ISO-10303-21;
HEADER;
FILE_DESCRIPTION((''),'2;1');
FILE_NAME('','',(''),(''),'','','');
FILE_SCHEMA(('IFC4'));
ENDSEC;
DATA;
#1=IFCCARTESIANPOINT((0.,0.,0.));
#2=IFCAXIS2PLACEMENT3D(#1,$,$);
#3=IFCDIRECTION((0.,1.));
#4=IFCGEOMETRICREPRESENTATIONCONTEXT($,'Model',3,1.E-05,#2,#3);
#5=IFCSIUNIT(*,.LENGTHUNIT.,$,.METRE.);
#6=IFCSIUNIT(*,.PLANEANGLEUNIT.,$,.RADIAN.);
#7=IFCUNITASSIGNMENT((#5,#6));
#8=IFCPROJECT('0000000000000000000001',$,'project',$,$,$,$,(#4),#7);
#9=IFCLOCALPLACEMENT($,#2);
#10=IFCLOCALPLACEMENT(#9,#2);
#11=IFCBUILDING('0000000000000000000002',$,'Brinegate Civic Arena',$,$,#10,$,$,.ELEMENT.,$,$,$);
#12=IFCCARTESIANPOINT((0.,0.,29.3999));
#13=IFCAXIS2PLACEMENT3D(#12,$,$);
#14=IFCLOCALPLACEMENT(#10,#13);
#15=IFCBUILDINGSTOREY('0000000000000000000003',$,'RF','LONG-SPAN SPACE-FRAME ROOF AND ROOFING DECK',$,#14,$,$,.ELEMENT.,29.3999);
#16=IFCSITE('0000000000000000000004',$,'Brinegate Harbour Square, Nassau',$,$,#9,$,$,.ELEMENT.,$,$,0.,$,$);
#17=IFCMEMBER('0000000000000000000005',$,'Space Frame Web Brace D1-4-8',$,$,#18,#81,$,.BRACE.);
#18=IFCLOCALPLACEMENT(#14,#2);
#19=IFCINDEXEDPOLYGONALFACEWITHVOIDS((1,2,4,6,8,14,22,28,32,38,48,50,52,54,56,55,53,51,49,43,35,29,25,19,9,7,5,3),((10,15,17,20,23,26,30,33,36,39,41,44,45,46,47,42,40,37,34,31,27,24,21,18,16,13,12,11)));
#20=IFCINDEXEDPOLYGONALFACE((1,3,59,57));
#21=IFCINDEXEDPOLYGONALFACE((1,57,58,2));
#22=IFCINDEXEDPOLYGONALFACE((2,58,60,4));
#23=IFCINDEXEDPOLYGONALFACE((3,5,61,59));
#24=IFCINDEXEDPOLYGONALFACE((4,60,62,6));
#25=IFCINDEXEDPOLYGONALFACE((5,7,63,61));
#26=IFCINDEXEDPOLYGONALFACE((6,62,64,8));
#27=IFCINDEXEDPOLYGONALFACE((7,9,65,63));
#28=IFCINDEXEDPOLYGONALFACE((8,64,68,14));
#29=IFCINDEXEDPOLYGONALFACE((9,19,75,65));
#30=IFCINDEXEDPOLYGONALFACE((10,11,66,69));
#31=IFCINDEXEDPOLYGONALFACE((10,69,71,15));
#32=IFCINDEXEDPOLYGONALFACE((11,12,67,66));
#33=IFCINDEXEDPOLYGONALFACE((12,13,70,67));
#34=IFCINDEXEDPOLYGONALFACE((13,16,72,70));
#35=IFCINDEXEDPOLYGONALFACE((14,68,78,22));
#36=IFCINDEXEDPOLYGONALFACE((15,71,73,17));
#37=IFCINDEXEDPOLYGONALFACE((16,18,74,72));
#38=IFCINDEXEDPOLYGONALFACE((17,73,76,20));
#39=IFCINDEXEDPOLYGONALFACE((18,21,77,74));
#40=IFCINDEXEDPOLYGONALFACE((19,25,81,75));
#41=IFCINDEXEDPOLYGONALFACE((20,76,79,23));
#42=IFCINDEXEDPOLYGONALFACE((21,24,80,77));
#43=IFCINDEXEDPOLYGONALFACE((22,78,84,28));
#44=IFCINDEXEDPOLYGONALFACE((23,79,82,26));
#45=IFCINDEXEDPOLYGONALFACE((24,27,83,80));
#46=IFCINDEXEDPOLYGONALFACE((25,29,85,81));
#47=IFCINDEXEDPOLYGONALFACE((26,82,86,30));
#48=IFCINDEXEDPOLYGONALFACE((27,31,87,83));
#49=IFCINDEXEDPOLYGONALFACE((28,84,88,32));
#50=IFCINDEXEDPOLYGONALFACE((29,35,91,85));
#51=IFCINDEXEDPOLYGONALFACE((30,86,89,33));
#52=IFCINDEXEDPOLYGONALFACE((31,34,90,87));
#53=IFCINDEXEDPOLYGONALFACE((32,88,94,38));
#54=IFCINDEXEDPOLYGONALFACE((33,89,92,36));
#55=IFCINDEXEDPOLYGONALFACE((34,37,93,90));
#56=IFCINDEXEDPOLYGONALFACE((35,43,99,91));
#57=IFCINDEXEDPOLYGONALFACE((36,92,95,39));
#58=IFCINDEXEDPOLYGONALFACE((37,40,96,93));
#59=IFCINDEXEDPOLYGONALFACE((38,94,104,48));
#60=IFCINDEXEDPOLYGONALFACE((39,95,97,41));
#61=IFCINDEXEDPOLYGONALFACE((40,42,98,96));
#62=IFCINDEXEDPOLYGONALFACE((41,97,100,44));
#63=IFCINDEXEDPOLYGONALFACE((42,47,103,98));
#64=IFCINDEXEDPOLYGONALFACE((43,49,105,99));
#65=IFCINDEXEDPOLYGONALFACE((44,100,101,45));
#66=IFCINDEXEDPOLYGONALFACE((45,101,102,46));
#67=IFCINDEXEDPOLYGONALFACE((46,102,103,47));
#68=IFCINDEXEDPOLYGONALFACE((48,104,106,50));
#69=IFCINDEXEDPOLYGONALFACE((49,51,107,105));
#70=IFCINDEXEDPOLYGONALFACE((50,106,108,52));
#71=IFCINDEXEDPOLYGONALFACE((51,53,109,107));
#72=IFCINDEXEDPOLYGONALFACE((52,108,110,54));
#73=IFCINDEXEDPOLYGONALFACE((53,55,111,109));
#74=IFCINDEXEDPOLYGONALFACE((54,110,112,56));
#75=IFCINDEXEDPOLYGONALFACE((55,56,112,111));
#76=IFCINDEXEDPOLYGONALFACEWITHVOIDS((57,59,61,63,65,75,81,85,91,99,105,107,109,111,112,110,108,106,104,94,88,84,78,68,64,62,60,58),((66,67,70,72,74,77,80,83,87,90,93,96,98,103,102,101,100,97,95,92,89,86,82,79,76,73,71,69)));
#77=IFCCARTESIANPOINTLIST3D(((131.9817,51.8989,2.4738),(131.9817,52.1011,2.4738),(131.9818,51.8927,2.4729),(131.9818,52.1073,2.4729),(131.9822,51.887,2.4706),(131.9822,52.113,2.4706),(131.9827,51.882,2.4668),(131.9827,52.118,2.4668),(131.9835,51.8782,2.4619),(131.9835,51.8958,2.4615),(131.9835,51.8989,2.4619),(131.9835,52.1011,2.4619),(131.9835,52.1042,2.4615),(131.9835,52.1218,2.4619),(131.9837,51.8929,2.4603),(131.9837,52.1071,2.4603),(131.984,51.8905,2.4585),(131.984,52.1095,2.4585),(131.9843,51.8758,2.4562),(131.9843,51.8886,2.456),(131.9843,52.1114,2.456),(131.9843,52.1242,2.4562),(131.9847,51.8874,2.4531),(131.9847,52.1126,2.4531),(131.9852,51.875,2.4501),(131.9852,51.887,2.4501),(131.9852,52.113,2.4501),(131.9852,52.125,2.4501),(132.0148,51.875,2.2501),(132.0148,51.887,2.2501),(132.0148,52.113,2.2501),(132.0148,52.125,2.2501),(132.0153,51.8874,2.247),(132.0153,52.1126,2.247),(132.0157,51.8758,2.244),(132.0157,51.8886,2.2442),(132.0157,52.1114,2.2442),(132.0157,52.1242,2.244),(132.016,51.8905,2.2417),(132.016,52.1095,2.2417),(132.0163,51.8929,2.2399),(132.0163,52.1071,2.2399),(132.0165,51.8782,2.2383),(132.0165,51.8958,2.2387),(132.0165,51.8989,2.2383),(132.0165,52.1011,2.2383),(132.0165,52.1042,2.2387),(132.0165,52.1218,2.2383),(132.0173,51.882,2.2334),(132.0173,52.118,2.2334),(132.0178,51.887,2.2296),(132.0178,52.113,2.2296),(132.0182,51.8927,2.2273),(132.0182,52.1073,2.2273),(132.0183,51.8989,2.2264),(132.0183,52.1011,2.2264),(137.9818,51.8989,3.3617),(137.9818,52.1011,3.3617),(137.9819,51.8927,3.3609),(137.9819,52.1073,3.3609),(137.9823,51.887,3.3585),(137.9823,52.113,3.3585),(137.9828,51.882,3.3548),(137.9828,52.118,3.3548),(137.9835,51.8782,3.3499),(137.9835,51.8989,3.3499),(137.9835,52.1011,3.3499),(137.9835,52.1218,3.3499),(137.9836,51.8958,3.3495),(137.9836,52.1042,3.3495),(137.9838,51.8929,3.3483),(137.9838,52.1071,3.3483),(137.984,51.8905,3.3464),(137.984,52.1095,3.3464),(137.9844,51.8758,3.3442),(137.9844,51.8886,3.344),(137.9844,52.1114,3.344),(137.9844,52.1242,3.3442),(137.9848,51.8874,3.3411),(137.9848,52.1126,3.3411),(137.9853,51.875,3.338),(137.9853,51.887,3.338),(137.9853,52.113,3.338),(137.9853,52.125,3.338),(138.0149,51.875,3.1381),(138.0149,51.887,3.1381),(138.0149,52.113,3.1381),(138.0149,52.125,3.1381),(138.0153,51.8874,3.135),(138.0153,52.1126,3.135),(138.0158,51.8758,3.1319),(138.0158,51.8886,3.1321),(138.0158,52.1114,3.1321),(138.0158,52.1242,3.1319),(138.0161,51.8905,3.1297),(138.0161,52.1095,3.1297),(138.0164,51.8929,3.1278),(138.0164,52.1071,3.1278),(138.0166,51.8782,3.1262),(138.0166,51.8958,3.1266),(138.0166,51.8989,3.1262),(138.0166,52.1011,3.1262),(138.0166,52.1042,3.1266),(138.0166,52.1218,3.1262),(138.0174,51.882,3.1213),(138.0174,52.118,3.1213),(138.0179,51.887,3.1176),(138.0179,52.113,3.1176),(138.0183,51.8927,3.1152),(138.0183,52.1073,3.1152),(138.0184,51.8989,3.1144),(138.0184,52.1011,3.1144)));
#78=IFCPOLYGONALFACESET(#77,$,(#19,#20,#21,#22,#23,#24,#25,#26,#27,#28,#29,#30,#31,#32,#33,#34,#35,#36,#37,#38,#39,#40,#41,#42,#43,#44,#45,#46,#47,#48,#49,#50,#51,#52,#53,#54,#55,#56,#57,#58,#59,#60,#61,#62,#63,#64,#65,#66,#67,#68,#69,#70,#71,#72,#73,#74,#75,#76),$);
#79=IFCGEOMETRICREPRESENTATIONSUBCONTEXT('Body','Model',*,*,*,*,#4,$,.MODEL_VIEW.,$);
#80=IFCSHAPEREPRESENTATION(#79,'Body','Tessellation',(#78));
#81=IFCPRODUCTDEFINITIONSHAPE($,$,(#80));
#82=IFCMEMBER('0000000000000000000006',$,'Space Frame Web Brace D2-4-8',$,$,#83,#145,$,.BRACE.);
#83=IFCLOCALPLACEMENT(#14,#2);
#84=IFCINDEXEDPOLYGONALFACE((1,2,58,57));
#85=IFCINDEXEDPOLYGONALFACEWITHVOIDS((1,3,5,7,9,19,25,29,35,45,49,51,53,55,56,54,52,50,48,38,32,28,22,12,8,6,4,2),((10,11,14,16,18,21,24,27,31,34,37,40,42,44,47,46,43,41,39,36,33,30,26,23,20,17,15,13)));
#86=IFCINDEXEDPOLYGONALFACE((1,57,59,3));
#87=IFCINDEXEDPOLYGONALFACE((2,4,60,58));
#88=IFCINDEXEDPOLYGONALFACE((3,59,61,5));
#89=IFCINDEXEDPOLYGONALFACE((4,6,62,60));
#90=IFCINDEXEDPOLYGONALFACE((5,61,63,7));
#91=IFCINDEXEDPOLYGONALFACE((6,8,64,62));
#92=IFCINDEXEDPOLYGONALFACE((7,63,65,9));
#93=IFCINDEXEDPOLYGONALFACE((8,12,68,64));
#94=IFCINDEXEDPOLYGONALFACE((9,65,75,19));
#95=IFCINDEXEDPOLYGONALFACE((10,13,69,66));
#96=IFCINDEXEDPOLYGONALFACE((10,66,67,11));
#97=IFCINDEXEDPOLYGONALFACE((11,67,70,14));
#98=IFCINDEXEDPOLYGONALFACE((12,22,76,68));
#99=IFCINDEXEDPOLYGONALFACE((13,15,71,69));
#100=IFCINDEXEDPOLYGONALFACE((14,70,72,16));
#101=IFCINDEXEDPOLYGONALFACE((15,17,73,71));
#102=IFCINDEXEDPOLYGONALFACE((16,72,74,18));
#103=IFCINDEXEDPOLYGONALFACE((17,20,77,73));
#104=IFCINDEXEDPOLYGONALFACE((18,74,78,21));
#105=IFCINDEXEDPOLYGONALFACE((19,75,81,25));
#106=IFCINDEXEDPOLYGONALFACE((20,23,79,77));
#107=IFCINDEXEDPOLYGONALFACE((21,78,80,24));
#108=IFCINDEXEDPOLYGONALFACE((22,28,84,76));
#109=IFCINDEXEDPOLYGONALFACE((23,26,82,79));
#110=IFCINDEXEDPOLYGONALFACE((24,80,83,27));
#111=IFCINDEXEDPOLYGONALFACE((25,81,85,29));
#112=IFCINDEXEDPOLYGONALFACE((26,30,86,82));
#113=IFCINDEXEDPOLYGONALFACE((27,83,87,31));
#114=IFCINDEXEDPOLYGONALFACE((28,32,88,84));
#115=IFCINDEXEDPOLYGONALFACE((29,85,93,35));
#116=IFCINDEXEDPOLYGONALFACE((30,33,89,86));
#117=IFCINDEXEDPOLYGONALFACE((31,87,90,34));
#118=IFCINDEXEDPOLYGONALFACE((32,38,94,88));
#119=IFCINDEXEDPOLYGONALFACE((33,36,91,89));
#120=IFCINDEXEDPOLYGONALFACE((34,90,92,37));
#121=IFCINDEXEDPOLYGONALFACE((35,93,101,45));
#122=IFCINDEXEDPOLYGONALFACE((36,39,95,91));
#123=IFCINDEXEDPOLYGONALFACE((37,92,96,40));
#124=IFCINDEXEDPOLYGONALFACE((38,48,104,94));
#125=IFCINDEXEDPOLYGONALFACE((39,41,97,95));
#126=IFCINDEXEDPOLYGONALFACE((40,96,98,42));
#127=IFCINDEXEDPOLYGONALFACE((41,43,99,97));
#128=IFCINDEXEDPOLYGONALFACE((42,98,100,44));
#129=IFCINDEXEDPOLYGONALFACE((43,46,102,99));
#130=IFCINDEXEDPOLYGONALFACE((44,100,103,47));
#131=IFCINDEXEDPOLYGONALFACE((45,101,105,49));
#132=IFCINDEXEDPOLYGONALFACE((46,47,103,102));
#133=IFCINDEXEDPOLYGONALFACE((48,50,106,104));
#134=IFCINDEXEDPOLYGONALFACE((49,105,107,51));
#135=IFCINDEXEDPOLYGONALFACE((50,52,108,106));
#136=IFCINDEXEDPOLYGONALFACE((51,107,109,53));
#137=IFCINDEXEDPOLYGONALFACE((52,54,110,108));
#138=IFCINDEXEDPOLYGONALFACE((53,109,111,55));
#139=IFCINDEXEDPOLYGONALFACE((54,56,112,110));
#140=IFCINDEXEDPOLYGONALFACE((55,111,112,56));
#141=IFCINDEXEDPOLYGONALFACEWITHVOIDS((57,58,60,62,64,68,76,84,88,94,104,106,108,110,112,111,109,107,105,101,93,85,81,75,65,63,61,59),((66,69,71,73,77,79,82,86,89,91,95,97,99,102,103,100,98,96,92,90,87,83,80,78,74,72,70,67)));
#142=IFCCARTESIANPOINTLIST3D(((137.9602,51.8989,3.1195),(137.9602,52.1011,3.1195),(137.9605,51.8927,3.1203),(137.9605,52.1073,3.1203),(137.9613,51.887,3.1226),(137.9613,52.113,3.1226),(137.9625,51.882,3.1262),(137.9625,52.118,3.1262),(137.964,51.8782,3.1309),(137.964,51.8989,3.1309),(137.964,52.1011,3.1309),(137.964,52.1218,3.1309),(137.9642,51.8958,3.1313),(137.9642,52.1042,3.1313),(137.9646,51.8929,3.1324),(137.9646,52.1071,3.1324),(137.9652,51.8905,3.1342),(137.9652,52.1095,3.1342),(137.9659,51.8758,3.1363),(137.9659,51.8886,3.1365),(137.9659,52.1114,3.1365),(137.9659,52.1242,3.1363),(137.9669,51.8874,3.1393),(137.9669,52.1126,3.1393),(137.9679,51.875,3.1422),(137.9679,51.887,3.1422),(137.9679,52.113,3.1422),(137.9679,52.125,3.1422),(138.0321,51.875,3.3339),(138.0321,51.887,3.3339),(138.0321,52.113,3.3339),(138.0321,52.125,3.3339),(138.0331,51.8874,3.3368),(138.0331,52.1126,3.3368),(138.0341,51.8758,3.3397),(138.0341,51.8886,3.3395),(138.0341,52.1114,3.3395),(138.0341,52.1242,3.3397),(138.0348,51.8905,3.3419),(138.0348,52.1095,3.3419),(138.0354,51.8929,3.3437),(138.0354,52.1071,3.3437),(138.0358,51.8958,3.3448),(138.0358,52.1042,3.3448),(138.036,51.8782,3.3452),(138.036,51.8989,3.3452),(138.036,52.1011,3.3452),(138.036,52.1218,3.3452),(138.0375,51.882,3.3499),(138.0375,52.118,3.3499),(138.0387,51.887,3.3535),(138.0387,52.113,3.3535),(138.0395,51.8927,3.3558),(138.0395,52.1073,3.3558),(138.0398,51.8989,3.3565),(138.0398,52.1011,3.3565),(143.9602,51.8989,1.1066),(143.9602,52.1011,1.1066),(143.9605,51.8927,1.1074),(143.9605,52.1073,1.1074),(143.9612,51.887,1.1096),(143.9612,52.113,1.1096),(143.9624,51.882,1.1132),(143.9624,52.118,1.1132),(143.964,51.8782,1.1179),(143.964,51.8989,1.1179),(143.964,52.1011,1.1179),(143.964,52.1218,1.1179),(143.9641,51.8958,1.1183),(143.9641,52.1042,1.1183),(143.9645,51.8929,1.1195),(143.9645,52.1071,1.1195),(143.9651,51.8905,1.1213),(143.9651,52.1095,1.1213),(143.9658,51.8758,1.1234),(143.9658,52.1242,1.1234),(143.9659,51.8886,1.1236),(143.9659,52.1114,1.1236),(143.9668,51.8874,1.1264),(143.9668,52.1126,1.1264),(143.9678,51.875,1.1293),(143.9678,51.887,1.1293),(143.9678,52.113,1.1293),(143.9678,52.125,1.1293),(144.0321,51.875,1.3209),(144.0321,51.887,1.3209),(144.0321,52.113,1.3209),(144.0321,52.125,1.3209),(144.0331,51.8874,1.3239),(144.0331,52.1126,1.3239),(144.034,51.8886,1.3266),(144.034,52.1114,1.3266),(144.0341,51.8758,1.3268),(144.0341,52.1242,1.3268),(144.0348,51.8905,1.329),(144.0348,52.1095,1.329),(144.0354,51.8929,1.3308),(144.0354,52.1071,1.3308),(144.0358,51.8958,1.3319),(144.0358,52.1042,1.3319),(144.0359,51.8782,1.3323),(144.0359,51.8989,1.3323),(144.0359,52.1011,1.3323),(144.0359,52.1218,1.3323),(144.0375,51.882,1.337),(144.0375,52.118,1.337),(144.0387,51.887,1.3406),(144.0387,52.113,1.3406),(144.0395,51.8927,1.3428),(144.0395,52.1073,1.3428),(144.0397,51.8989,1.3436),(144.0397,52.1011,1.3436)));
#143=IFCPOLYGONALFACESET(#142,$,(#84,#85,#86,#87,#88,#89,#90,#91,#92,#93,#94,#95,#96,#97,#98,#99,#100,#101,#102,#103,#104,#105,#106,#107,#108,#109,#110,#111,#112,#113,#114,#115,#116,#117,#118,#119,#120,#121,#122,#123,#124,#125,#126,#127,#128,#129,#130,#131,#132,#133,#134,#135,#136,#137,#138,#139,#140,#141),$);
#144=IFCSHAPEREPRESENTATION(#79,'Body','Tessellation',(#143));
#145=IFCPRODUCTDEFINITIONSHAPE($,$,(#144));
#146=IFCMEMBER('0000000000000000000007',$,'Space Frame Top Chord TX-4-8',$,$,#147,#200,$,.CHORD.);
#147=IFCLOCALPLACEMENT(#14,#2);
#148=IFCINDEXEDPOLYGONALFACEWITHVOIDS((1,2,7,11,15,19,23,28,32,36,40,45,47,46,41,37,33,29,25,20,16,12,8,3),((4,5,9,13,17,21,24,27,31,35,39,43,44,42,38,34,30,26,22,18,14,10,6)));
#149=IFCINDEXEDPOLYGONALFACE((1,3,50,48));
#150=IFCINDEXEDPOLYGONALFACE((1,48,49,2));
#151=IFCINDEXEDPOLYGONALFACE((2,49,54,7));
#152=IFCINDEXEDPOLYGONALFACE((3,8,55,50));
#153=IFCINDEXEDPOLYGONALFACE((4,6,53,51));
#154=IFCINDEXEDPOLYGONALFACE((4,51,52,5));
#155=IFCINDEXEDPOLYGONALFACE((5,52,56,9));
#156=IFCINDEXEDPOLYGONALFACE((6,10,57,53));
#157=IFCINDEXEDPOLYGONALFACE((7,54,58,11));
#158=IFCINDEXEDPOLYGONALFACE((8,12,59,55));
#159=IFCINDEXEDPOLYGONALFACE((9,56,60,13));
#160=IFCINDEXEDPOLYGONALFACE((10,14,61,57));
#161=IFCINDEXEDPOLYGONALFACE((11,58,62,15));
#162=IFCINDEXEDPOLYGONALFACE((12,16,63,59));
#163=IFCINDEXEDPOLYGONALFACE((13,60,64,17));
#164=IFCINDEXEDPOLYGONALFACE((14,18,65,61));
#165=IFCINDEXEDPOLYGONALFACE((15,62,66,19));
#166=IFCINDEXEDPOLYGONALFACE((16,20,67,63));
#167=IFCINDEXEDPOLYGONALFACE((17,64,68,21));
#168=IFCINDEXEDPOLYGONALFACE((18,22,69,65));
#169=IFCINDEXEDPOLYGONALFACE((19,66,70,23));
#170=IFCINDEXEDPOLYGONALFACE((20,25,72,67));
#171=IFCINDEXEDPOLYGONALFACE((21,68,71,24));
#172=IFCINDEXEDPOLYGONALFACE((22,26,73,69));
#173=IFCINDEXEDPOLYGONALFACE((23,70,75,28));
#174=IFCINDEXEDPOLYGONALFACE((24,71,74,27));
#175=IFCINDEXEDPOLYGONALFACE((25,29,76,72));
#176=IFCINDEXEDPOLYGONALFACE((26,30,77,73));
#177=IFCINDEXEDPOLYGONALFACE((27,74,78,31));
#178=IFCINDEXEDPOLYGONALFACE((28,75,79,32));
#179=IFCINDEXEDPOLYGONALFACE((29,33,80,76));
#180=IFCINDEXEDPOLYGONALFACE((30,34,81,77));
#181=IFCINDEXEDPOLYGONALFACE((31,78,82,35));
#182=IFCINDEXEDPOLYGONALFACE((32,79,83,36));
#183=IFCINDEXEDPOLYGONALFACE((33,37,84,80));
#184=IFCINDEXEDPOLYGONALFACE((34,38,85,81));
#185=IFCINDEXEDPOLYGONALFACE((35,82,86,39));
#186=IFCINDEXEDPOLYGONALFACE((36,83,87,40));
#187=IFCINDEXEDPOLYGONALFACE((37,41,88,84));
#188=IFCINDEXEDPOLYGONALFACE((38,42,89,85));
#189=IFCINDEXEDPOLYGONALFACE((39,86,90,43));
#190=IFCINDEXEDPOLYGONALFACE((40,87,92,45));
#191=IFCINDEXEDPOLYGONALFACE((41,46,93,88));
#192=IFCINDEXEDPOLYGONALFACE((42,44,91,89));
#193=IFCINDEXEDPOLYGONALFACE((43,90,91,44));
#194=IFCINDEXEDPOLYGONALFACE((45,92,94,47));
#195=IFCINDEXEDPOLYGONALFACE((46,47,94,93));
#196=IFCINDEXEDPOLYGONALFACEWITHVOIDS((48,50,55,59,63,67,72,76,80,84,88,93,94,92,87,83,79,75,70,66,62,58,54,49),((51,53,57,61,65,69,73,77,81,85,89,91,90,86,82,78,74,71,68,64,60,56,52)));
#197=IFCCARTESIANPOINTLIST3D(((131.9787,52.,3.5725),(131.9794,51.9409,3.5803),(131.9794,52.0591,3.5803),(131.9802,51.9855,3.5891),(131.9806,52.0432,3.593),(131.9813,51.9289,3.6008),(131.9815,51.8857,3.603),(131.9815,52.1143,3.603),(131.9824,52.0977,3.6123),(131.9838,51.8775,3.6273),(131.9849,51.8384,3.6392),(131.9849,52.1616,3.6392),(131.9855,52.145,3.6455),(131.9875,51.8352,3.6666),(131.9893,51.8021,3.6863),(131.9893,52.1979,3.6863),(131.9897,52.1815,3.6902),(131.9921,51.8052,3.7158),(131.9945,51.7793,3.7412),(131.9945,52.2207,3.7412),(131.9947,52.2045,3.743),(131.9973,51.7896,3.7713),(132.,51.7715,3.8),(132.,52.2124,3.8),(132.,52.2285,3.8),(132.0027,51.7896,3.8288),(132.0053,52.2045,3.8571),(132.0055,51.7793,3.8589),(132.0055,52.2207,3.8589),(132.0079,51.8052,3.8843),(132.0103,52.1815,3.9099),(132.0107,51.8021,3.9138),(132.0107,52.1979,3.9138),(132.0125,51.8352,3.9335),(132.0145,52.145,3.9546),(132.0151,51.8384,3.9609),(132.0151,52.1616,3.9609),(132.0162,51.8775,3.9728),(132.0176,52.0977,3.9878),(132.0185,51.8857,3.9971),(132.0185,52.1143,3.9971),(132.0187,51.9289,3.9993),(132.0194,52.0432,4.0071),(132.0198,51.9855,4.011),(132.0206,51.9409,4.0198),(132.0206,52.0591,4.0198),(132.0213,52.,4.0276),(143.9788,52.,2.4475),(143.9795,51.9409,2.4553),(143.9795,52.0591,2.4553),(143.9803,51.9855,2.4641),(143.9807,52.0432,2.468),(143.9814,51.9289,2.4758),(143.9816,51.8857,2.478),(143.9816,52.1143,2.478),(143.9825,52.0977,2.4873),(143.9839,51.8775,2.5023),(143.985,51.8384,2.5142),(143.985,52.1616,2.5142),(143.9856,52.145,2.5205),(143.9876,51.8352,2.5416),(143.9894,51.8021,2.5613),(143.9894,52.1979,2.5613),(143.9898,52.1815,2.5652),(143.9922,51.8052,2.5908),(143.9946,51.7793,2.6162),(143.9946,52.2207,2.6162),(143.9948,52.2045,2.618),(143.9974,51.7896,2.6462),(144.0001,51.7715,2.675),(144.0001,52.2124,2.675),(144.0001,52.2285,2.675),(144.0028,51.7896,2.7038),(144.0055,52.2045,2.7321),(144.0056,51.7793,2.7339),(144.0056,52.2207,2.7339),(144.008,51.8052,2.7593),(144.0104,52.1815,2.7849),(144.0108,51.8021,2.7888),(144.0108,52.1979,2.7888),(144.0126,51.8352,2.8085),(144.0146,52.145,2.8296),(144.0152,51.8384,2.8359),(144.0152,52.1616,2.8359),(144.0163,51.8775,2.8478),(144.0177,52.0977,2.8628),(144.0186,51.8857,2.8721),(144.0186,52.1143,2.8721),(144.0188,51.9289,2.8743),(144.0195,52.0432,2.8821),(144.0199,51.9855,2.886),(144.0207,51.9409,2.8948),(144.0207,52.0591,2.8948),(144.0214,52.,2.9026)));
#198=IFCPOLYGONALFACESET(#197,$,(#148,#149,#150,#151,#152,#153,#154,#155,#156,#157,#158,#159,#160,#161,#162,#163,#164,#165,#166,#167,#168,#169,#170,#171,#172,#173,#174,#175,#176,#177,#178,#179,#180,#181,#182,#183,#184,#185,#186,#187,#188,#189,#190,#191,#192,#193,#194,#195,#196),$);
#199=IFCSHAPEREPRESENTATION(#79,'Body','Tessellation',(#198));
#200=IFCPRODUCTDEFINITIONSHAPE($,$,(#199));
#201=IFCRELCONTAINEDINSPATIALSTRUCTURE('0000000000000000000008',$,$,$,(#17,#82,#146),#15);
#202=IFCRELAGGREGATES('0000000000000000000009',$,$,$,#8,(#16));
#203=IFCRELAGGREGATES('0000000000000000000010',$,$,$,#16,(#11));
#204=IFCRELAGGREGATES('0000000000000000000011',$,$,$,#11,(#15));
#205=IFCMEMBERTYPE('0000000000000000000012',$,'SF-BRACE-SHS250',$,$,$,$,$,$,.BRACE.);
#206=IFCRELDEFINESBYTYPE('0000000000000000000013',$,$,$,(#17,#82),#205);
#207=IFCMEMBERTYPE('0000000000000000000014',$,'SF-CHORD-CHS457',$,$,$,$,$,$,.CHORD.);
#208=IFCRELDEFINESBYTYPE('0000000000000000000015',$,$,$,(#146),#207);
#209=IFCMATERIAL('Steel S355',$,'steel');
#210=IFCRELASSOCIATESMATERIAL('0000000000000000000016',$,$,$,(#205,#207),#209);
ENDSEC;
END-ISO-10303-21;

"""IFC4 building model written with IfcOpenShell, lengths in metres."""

from ifc_helpers import new_model, si_unit, direction, frame, origin, origin_2d, place, context, subcontext, project, spatial, hollow_rectangle, hollow_circle, extrude, material, material_profile, profile_set, type_object, element, save


model = new_model("IFC4")

# Units and contexts
model_context = context("Model", 3, precision=1e-05, world=origin(), true_north=direction((0.0, 1.0)))
body_context = subcontext(model_context, "Body", "Model", "MODEL_VIEW")
ifc_project = project(units=[si_unit("LENGTHUNIT", "METRE"), si_unit("PLANEANGLEUNIT", "RADIAN")], contexts=[model_context])

# Site, building, storey
site_placement = place(None, origin())
site = spatial("IfcSite", under=ifc_project, at=site_placement, Name="Brinegate Harbour Square, Nassau", CompositionType="ELEMENT", RefElevation=0.0)
building_placement = place(site_placement, origin())
building = spatial("IfcBuilding", under=site, at=building_placement, Name="Brinegate Civic Arena", CompositionType="ELEMENT")
storey_placement = place(building_placement, frame((0.0, 0.0, 29.3999)))
storey = spatial("IfcBuildingStorey", under=building, at=storey_placement, Name="RF", Description="LONG-SPAN SPACE-FRAME ROOF AND ROOFING DECK", CompositionType="ELEMENT", Elevation=29.3999)

# Shared definitions
ifc_material_1 = material(Name="Steel S355", Category="steel")

# Members
ifc_material_profile_1 = material_profile(ifc_material_1, hollow_rectangle(XDim=0.25, YDim=0.25, WallThickness=0.012, InnerFilletRadius=0.012, OuterFilletRadius=0.0239, at=origin_2d()), Name="SHS250X12")
ifc_profile_set_1 = profile_set([ifc_material_profile_1], Name="Steel S355")
member_type_1 = type_object("IfcMemberType", Name="SF-BRACE-SHS250", PredefinedType="BRACE", material=ifc_profile_set_1)
member_1_placement = place(storey_placement, frame((132.0, 52.0, 2.3501), z_axis=(0.989226, 0.0, 0.146395), x_axis=(0.0, 1.0, 0.0)))
element("IfcMember", 1, at=member_1_placement, inside=storey, type_object=member_type_1, Name="Space Frame Web Brace D1-4-8", PredefinedType="BRACE", context=body_context, shape_type="SweptSolid", body=[
    extrude(hollow_rectangle(XDim=0.25, YDim=0.25, WallThickness=0.012, InnerFilletRadius=0.012, OuterFilletRadius=0.0239, at=origin_2d()), origin(), (0.0, 0.0, 1.0), 6.0654),
])
member_2_placement = place(storey_placement, frame((138.0, 52.0, 3.238), z_axis=(0.948068, 0.0, -0.318067), x_axis=(0.0, 1.0, 0.0)))
element("IfcMember", 2, at=member_2_placement, inside=storey, type_object=member_type_1, Name="Space Frame Web Brace D2-4-8", PredefinedType="BRACE", context=body_context, shape_type="SweptSolid", body=[
    extrude(hollow_rectangle(XDim=0.25, YDim=0.25, WallThickness=0.012, InnerFilletRadius=0.012, OuterFilletRadius=0.0239, at=origin_2d()), origin(), (0.0, 0.0, 1.0), 6.3286),
])
ifc_material_profile_2 = material_profile(ifc_material_1, hollow_circle(Radius=0.2285, WallThickness=0.0161, at=origin_2d()), Name="CHS457X16")
ifc_profile_set_2 = profile_set([ifc_material_profile_2], Name="Steel S355")
member_type_2 = type_object("IfcMemberType", Name="SF-CHORD-CHS457", PredefinedType="CHORD", material=ifc_profile_set_2)
member_3_placement = place(storey_placement, frame((132.0, 52.0, 3.8), z_axis=(0.995634, 0.0, -0.093341), x_axis=(0.0, 1.0, 0.0)))
element("IfcMember", 3, at=member_3_placement, inside=storey, type_object=member_type_2, Name="Space Frame Top Chord TX-4-8", PredefinedType="CHORD", context=body_context, shape_type="SweptSolid", body=[
    extrude(hollow_circle(Radius=0.2285, WallThickness=0.0161, at=origin_2d()), origin(), (0.0, 0.0, 1.0), 12.0527),
])

save(model, "model.ifc")
